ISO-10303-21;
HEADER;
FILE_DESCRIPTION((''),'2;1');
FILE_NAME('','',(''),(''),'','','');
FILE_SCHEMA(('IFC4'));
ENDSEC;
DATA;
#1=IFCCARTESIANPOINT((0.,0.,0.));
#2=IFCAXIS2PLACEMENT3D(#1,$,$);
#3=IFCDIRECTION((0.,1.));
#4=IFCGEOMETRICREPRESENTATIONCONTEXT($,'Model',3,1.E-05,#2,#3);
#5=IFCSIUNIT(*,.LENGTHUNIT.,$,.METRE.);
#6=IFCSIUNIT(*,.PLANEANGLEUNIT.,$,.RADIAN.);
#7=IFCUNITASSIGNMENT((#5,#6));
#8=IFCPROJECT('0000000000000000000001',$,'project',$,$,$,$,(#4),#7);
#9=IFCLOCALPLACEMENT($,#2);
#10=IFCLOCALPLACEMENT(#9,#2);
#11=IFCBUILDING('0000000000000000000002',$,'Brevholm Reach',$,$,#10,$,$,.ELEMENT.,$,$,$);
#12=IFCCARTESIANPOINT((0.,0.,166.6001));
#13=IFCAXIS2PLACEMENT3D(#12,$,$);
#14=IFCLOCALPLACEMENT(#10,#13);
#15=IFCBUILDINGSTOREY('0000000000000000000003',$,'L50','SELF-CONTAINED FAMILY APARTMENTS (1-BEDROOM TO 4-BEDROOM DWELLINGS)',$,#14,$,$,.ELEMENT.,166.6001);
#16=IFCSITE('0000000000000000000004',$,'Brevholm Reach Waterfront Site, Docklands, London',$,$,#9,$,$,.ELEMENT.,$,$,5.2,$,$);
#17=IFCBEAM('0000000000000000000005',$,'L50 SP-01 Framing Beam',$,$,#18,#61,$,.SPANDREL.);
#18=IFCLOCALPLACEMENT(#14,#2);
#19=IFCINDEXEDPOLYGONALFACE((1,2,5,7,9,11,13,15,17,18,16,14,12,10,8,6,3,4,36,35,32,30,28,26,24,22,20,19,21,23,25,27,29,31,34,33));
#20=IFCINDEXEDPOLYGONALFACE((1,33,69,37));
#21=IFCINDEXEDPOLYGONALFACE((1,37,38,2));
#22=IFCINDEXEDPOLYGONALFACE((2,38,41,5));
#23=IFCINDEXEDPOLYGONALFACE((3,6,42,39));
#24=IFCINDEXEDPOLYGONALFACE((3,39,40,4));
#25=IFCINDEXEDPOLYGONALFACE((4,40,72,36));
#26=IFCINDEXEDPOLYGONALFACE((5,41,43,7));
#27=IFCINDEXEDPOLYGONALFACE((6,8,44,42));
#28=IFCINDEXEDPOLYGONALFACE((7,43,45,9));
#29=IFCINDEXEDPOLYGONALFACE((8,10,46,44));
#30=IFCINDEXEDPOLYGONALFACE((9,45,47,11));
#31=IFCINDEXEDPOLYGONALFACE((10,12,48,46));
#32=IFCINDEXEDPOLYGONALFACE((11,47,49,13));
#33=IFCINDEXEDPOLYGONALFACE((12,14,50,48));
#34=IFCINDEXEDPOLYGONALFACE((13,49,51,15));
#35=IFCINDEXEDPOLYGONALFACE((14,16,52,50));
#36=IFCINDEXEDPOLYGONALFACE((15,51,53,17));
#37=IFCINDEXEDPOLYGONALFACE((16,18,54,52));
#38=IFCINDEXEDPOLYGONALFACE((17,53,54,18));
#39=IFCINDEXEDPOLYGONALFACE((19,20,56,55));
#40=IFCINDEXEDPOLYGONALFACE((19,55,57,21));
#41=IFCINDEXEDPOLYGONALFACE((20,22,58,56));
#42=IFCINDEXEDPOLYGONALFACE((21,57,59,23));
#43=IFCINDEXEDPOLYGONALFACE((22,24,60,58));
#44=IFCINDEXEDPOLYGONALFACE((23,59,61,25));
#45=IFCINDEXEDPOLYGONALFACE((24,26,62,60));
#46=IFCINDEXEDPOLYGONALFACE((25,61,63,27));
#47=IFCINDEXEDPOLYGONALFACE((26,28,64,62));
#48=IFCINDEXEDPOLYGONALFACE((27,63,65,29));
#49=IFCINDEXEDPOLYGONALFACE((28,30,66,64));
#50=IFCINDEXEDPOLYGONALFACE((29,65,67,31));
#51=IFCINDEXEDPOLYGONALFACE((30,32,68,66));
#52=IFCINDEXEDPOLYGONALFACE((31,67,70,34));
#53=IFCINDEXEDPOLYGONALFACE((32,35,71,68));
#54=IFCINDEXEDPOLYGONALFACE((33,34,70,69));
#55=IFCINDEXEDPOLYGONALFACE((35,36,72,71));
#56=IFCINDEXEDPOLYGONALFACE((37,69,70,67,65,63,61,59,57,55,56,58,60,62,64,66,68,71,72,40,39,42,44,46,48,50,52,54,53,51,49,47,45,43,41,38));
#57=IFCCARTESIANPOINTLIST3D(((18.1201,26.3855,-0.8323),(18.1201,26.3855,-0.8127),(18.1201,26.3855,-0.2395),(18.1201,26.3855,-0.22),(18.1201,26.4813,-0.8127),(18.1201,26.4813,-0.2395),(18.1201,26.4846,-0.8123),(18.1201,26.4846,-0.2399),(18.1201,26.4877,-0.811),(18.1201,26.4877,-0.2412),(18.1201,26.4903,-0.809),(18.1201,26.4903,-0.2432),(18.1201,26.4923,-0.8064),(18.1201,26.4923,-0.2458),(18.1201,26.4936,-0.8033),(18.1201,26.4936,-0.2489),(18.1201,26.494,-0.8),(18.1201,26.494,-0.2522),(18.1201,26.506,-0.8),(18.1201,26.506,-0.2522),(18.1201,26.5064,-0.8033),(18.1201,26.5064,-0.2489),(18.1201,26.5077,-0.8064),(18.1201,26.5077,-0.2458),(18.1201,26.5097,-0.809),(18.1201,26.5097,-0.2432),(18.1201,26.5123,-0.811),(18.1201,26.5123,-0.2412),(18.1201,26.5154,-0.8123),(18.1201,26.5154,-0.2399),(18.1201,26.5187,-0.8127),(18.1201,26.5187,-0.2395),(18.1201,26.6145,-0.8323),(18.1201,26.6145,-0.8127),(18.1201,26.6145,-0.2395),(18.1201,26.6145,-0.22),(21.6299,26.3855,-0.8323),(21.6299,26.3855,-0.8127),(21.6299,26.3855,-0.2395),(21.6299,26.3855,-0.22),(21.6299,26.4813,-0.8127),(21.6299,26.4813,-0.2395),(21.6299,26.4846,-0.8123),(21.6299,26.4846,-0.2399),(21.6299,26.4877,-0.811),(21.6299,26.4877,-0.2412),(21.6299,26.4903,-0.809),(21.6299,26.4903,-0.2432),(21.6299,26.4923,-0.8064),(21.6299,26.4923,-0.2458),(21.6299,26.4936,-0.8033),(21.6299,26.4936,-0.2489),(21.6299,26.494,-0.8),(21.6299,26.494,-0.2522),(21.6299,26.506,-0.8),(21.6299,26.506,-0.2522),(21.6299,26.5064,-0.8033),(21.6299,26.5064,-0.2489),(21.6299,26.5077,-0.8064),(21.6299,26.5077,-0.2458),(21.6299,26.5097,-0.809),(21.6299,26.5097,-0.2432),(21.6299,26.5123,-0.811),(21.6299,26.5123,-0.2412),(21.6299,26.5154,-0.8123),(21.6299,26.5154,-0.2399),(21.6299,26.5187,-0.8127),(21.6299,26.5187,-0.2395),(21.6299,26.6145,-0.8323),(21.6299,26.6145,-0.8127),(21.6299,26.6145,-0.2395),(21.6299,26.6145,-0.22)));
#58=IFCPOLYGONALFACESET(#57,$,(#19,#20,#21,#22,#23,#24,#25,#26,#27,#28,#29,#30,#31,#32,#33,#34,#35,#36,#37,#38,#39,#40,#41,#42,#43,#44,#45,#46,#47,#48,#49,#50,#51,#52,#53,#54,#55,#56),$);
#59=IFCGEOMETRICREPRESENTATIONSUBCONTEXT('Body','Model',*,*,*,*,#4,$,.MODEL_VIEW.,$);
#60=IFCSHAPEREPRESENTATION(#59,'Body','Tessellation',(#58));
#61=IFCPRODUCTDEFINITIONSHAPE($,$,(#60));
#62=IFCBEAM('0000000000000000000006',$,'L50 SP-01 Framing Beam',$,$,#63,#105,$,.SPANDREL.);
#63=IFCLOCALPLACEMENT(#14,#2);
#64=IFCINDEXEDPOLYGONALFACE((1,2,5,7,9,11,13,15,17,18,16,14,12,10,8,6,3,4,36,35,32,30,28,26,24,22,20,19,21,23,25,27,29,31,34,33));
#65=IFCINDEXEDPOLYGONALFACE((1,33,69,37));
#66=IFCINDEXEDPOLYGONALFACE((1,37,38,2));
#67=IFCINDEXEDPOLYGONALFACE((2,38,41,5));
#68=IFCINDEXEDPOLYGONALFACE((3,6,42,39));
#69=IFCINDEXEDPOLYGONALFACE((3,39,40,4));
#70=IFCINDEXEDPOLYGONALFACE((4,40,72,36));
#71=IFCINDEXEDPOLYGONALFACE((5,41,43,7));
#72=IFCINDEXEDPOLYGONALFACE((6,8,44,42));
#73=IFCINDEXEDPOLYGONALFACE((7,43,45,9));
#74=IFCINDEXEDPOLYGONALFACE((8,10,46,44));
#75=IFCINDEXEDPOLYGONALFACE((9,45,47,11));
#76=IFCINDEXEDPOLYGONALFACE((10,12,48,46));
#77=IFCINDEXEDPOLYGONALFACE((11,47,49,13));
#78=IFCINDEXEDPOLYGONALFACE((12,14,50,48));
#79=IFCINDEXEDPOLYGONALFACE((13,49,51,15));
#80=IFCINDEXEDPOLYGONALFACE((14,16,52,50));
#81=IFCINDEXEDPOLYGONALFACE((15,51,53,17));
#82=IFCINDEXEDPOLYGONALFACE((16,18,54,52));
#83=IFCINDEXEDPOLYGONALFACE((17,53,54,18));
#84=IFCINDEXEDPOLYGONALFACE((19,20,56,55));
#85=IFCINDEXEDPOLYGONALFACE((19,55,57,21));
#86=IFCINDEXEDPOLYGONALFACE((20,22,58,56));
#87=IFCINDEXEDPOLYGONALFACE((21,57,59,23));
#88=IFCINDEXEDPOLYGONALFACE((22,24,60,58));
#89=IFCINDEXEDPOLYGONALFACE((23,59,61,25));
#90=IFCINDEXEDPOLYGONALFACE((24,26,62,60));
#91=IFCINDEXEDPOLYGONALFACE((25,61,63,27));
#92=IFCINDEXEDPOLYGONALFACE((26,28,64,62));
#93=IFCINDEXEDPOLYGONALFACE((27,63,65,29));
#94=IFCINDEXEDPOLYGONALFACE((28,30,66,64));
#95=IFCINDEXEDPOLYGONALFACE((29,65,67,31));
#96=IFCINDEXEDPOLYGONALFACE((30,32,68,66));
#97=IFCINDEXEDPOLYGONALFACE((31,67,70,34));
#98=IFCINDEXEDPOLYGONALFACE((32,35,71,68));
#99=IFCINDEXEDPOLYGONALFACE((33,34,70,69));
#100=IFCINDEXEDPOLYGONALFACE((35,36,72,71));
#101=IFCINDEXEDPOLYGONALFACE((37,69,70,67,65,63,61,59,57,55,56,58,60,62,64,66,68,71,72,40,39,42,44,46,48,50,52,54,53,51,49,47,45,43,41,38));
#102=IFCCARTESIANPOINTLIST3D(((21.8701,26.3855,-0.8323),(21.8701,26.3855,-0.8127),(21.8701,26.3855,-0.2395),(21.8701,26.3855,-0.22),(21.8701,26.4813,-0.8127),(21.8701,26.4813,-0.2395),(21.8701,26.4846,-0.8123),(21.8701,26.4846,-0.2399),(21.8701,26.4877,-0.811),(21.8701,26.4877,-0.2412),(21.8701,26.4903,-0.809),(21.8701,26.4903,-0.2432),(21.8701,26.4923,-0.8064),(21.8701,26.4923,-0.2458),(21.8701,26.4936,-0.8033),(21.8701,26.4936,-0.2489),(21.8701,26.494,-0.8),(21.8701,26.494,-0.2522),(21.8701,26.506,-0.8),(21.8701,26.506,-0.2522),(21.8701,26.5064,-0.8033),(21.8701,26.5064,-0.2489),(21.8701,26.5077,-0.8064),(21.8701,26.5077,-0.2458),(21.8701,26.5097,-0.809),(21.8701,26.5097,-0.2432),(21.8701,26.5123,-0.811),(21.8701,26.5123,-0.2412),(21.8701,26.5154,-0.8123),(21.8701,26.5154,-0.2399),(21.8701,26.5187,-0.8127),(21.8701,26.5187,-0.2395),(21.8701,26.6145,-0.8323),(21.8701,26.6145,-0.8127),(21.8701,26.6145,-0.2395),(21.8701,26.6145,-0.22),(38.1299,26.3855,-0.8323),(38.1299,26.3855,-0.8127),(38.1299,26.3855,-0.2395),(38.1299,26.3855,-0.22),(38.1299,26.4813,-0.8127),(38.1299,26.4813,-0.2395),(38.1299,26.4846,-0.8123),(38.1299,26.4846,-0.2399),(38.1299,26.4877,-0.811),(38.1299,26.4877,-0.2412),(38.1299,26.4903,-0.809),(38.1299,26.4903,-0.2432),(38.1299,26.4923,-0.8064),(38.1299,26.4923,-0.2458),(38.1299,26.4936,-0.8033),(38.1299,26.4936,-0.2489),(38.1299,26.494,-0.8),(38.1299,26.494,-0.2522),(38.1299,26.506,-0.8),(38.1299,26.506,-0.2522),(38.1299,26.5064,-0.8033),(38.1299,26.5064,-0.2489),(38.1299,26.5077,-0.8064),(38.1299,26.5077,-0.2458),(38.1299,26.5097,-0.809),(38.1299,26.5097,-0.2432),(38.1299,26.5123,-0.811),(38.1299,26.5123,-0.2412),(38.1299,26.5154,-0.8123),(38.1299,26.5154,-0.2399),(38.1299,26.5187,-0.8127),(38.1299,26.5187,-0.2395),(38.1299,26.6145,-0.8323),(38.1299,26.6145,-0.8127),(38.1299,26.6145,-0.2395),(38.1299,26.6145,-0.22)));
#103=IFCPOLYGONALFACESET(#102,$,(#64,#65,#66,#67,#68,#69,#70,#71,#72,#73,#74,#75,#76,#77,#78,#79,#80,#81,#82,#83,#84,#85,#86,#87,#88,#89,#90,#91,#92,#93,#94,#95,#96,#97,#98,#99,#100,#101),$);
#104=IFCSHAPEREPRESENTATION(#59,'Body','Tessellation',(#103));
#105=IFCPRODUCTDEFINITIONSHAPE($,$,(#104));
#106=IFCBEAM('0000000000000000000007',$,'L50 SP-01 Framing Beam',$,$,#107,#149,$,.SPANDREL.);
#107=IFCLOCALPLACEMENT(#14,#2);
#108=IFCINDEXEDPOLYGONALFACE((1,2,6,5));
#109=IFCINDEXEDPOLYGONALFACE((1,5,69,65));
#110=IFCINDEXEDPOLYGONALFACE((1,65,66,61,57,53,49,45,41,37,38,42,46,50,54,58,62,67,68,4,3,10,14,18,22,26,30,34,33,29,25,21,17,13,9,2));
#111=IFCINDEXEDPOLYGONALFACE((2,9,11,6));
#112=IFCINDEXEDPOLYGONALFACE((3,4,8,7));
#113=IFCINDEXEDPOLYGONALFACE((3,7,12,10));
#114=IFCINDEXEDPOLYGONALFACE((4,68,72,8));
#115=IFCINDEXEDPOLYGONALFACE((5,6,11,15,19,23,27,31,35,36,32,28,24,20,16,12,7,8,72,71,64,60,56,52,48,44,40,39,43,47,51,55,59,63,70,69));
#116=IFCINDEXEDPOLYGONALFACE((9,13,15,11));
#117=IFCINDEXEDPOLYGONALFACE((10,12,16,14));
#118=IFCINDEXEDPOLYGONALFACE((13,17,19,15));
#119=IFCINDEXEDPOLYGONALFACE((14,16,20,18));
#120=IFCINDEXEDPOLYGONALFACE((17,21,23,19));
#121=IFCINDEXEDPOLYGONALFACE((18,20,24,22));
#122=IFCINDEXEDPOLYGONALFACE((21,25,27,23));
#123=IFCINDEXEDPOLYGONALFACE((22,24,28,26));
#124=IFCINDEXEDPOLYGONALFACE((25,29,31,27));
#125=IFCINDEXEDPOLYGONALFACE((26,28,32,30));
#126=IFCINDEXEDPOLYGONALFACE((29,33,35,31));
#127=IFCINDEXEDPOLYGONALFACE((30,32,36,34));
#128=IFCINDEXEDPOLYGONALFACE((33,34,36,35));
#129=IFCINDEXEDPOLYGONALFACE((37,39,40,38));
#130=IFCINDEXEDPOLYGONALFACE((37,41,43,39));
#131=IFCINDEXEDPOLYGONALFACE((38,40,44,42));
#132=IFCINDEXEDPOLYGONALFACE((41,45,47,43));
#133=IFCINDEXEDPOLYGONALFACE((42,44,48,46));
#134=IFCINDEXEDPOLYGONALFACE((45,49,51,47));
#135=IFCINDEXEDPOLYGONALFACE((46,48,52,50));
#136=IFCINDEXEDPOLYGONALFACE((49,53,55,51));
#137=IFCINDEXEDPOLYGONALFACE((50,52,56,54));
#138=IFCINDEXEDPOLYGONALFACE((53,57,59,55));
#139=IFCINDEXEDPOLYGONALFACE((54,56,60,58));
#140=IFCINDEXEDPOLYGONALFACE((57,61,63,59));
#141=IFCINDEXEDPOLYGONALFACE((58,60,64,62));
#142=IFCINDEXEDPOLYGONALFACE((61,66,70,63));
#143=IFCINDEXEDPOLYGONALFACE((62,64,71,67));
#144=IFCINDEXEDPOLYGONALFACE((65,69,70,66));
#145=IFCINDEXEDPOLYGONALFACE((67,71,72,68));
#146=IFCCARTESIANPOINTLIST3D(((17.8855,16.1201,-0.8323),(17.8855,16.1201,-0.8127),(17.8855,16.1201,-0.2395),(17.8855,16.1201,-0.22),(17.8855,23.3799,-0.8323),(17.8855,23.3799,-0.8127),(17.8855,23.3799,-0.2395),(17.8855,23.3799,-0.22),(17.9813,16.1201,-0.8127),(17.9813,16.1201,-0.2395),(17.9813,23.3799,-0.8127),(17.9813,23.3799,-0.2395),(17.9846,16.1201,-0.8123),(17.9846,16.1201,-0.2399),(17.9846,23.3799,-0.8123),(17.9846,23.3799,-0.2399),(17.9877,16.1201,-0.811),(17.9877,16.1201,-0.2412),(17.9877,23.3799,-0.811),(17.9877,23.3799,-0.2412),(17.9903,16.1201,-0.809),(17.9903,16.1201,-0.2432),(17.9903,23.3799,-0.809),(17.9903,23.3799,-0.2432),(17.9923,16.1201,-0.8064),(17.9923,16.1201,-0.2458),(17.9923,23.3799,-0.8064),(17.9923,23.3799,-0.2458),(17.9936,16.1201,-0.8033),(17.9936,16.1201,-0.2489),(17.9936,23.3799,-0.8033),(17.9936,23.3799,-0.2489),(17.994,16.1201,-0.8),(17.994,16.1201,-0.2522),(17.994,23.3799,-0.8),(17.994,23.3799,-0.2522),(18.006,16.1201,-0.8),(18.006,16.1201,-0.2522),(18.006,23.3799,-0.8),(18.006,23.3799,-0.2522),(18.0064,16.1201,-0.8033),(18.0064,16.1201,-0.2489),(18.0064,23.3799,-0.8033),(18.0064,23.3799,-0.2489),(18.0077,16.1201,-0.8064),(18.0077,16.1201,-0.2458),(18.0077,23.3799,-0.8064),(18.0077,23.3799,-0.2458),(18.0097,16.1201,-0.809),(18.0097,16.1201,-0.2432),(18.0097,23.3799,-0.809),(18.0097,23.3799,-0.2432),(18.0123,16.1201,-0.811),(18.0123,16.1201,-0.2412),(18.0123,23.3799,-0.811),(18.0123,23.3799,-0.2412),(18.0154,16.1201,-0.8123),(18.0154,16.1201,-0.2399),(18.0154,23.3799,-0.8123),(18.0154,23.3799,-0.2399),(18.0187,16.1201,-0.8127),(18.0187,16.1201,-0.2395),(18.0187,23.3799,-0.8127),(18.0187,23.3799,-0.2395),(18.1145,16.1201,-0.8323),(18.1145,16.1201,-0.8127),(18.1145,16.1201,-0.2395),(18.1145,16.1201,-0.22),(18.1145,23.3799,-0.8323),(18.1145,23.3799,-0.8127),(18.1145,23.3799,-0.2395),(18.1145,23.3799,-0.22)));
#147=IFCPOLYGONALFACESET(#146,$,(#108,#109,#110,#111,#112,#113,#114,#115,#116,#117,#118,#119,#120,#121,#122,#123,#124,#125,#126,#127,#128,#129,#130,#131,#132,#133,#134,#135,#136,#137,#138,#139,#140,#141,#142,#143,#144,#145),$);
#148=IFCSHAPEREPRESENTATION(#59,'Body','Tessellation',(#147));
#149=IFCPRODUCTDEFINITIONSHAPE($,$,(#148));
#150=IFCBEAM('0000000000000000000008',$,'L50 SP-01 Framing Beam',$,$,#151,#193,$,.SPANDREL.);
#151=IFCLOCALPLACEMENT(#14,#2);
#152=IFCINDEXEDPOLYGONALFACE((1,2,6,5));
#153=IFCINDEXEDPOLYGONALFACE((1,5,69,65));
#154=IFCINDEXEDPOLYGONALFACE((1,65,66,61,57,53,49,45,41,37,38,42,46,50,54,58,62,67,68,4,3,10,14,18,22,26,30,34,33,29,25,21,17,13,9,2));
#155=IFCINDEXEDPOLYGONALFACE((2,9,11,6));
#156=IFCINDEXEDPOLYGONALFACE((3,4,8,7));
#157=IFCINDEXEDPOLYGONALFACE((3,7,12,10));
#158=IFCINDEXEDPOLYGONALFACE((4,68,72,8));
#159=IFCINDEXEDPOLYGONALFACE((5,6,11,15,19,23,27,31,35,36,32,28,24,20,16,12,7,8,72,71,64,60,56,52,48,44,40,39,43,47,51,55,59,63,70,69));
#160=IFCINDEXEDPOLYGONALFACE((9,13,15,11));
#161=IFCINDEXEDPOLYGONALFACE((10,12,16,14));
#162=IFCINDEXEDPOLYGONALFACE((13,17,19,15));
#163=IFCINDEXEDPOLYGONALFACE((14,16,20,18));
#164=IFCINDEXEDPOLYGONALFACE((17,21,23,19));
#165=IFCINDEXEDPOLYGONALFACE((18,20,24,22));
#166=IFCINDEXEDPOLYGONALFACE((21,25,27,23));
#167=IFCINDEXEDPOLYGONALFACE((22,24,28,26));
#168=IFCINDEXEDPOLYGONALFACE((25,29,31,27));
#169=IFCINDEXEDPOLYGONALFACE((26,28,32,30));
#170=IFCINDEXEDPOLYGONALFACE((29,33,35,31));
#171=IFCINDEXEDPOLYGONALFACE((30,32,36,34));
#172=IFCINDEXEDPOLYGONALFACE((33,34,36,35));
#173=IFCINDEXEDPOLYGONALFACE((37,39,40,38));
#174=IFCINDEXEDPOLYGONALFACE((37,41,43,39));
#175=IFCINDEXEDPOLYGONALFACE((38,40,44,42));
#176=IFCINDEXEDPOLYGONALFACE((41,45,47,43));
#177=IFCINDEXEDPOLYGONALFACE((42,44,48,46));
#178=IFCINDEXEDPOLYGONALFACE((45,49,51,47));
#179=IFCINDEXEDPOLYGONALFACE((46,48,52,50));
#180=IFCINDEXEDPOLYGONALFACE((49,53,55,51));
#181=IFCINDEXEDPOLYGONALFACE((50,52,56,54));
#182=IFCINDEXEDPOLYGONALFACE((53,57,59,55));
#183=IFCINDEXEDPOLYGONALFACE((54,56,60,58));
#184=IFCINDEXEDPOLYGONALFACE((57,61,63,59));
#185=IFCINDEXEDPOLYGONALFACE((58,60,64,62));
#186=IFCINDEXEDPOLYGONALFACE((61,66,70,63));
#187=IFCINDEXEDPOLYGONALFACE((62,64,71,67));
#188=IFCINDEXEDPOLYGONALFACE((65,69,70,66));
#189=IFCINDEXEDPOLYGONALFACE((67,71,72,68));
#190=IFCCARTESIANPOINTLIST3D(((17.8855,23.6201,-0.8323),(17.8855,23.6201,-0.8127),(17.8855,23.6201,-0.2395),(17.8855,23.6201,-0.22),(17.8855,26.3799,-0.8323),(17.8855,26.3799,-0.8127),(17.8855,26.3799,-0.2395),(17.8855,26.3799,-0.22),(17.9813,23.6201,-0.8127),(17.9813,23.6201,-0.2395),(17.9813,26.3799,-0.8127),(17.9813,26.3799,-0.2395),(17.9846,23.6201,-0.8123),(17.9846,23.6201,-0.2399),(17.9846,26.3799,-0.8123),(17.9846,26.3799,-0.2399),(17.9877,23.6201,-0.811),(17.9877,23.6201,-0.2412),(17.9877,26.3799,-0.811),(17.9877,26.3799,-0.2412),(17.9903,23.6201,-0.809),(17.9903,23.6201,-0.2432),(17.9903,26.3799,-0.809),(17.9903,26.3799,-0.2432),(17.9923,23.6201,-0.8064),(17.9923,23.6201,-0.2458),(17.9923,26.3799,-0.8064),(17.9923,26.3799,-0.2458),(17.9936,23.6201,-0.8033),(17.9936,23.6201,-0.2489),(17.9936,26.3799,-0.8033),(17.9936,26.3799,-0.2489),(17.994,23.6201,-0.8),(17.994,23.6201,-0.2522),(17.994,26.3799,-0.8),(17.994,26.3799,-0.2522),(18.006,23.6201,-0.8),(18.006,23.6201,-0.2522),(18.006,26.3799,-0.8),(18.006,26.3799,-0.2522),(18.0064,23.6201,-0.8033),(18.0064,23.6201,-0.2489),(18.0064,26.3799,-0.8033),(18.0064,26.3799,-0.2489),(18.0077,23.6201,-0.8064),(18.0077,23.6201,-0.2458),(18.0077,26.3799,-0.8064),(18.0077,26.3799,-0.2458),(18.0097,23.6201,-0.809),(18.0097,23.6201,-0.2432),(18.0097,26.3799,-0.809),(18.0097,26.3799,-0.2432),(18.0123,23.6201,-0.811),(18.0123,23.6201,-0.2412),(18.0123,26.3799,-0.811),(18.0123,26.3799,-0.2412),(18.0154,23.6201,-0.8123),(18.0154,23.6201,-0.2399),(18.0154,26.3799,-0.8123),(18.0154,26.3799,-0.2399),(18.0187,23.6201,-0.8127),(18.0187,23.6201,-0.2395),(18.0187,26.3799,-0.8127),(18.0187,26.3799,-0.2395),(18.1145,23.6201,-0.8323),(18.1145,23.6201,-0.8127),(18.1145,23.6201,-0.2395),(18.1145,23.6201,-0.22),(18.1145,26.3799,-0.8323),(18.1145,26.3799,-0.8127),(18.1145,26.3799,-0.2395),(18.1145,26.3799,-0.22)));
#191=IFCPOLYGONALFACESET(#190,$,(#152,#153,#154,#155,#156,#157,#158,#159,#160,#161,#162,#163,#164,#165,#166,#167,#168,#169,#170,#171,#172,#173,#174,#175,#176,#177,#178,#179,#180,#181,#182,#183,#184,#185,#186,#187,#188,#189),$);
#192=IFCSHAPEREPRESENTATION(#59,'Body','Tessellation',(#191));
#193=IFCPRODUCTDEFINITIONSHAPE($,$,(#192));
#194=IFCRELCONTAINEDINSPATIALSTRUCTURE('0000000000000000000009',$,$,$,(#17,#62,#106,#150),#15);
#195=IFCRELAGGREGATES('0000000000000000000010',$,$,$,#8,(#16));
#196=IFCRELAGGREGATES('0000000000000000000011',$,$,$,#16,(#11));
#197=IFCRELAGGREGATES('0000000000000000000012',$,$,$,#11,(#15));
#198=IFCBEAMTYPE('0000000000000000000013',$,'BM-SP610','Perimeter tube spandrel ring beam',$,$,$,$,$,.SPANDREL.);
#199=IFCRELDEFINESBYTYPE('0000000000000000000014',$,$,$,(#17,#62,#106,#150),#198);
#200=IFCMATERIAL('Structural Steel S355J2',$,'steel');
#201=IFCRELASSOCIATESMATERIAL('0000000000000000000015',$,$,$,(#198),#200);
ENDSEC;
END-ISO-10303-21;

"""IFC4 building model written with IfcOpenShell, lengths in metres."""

from ifc_helpers import new_model, si_unit, direction, frame, origin, origin_2d, place, context, subcontext, project, spatial, i_section, extrude, material, material_profile, profile_set, type_object, element, save


model = new_model("IFC4")

# Units and contexts
model_context = context("Model", 3, precision=1e-05, world=origin(), true_north=direction((0.0, 1.0)))
body_context = subcontext(model_context, "Body", "Model", "MODEL_VIEW")
ifc_project = project(units=[si_unit("LENGTHUNIT", "METRE"), si_unit("PLANEANGLEUNIT", "RADIAN")], contexts=[model_context])

# Site, building, storey
site_placement = place(None, origin())
site = spatial("IfcSite", under=ifc_project, at=site_placement, Name="Brevholm Reach Waterfront Site, Docklands, London", CompositionType="ELEMENT", RefElevation=5.2)
building_placement = place(site_placement, origin())
building = spatial("IfcBuilding", under=site, at=building_placement, Name="Brevholm Reach", CompositionType="ELEMENT")
storey_placement = place(building_placement, frame((0.0, 0.0, 166.6001)))
storey = spatial("IfcBuildingStorey", under=building, at=storey_placement, Name="L50", Description="SELF-CONTAINED FAMILY APARTMENTS (1-BEDROOM TO 4-BEDROOM DWELLINGS)", CompositionType="ELEMENT", Elevation=166.6001)

# Beams
ifc_material_1 = material(Name="Structural Steel S355J2", Category="steel")
ifc_material_profile_1 = material_profile(ifc_material_1, i_section(OverallWidth=0.229, OverallDepth=0.6123, WebThickness=0.012, FlangeThickness=0.0195, FilletRadius=0.0127, at=origin_2d()), Name="UKB 610x229x125")
ifc_profile_set_1 = profile_set([ifc_material_profile_1], Name="Structural Steel S355J2")
beam_type_1 = type_object("IfcBeamType", Name="BM-SP610", Description="Perimeter tube spandrel ring beam", PredefinedType="SPANDREL", material=ifc_profile_set_1)
for number, where, z_axis, x_axis, name in (
    (1, (18.1201, 26.5, -0.5261), (1.0, 0.0, 0.0), (0.0, 1.0, 0.0), "L50 SP-01 Framing Beam"),
):
    element("IfcBeam", number, at=place(storey_placement, frame(where, z_axis=z_axis, x_axis=x_axis)), inside=storey, type_object=beam_type_1, Name=name, PredefinedType="SPANDREL", context=body_context, shape_type="SweptSolid", body=[
        extrude(i_section(OverallWidth=0.229, OverallDepth=0.6123, WebThickness=0.012, FlangeThickness=0.0195, FilletRadius=0.0127, at=origin_2d()), origin(), (0.0, 0.0, 1.0), 3.5098),
    ])
beam_1_placement = place(storey_placement, frame((21.8701, 26.5, -0.5261), z_axis=(1.0, 0.0, 0.0), x_axis=(0.0, 1.0, 0.0)))
element("IfcBeam", 2, at=beam_1_placement, inside=storey, type_object=beam_type_1, Name="L50 SP-01 Framing Beam", PredefinedType="SPANDREL", context=body_context, shape_type="SweptSolid", body=[
    extrude(i_section(OverallWidth=0.229, OverallDepth=0.6123, WebThickness=0.012, FlangeThickness=0.0195, FilletRadius=0.0127, at=origin_2d()), origin(), (0.0, 0.0, 1.0), 16.2598),
])
beam_2_placement = place(storey_placement, frame((18.0, 16.1201, -0.5261), z_axis=(0.0, 1.0, 0.0), x_axis=(-1.0, 0.0, 0.0)))
element("IfcBeam", 3, at=beam_2_placement, inside=storey, type_object=beam_type_1, Name="L50 SP-01 Framing Beam", PredefinedType="SPANDREL", context=body_context, shape_type="SweptSolid", body=[
    extrude(i_section(OverallWidth=0.229, OverallDepth=0.6123, WebThickness=0.012, FlangeThickness=0.0195, FilletRadius=0.0127, at=origin_2d()), origin(), (0.0, 0.0, 1.0), 7.2598),
])
beam_3_placement = place(storey_placement, frame((18.0, 23.6201, -0.5261), z_axis=(0.0, 1.0, 0.0), x_axis=(-1.0, 0.0, 0.0)))
element("IfcBeam", 4, at=beam_3_placement, inside=storey, type_object=beam_type_1, Name="L50 SP-01 Framing Beam", PredefinedType="SPANDREL", context=body_context, shape_type="SweptSolid", body=[
    extrude(i_section(OverallWidth=0.229, OverallDepth=0.6123, WebThickness=0.012, FlangeThickness=0.0195, FilletRadius=0.0127, at=origin_2d()), origin(), (0.0, 0.0, 1.0), 2.7598),
])

save(model, "model.ifc")
